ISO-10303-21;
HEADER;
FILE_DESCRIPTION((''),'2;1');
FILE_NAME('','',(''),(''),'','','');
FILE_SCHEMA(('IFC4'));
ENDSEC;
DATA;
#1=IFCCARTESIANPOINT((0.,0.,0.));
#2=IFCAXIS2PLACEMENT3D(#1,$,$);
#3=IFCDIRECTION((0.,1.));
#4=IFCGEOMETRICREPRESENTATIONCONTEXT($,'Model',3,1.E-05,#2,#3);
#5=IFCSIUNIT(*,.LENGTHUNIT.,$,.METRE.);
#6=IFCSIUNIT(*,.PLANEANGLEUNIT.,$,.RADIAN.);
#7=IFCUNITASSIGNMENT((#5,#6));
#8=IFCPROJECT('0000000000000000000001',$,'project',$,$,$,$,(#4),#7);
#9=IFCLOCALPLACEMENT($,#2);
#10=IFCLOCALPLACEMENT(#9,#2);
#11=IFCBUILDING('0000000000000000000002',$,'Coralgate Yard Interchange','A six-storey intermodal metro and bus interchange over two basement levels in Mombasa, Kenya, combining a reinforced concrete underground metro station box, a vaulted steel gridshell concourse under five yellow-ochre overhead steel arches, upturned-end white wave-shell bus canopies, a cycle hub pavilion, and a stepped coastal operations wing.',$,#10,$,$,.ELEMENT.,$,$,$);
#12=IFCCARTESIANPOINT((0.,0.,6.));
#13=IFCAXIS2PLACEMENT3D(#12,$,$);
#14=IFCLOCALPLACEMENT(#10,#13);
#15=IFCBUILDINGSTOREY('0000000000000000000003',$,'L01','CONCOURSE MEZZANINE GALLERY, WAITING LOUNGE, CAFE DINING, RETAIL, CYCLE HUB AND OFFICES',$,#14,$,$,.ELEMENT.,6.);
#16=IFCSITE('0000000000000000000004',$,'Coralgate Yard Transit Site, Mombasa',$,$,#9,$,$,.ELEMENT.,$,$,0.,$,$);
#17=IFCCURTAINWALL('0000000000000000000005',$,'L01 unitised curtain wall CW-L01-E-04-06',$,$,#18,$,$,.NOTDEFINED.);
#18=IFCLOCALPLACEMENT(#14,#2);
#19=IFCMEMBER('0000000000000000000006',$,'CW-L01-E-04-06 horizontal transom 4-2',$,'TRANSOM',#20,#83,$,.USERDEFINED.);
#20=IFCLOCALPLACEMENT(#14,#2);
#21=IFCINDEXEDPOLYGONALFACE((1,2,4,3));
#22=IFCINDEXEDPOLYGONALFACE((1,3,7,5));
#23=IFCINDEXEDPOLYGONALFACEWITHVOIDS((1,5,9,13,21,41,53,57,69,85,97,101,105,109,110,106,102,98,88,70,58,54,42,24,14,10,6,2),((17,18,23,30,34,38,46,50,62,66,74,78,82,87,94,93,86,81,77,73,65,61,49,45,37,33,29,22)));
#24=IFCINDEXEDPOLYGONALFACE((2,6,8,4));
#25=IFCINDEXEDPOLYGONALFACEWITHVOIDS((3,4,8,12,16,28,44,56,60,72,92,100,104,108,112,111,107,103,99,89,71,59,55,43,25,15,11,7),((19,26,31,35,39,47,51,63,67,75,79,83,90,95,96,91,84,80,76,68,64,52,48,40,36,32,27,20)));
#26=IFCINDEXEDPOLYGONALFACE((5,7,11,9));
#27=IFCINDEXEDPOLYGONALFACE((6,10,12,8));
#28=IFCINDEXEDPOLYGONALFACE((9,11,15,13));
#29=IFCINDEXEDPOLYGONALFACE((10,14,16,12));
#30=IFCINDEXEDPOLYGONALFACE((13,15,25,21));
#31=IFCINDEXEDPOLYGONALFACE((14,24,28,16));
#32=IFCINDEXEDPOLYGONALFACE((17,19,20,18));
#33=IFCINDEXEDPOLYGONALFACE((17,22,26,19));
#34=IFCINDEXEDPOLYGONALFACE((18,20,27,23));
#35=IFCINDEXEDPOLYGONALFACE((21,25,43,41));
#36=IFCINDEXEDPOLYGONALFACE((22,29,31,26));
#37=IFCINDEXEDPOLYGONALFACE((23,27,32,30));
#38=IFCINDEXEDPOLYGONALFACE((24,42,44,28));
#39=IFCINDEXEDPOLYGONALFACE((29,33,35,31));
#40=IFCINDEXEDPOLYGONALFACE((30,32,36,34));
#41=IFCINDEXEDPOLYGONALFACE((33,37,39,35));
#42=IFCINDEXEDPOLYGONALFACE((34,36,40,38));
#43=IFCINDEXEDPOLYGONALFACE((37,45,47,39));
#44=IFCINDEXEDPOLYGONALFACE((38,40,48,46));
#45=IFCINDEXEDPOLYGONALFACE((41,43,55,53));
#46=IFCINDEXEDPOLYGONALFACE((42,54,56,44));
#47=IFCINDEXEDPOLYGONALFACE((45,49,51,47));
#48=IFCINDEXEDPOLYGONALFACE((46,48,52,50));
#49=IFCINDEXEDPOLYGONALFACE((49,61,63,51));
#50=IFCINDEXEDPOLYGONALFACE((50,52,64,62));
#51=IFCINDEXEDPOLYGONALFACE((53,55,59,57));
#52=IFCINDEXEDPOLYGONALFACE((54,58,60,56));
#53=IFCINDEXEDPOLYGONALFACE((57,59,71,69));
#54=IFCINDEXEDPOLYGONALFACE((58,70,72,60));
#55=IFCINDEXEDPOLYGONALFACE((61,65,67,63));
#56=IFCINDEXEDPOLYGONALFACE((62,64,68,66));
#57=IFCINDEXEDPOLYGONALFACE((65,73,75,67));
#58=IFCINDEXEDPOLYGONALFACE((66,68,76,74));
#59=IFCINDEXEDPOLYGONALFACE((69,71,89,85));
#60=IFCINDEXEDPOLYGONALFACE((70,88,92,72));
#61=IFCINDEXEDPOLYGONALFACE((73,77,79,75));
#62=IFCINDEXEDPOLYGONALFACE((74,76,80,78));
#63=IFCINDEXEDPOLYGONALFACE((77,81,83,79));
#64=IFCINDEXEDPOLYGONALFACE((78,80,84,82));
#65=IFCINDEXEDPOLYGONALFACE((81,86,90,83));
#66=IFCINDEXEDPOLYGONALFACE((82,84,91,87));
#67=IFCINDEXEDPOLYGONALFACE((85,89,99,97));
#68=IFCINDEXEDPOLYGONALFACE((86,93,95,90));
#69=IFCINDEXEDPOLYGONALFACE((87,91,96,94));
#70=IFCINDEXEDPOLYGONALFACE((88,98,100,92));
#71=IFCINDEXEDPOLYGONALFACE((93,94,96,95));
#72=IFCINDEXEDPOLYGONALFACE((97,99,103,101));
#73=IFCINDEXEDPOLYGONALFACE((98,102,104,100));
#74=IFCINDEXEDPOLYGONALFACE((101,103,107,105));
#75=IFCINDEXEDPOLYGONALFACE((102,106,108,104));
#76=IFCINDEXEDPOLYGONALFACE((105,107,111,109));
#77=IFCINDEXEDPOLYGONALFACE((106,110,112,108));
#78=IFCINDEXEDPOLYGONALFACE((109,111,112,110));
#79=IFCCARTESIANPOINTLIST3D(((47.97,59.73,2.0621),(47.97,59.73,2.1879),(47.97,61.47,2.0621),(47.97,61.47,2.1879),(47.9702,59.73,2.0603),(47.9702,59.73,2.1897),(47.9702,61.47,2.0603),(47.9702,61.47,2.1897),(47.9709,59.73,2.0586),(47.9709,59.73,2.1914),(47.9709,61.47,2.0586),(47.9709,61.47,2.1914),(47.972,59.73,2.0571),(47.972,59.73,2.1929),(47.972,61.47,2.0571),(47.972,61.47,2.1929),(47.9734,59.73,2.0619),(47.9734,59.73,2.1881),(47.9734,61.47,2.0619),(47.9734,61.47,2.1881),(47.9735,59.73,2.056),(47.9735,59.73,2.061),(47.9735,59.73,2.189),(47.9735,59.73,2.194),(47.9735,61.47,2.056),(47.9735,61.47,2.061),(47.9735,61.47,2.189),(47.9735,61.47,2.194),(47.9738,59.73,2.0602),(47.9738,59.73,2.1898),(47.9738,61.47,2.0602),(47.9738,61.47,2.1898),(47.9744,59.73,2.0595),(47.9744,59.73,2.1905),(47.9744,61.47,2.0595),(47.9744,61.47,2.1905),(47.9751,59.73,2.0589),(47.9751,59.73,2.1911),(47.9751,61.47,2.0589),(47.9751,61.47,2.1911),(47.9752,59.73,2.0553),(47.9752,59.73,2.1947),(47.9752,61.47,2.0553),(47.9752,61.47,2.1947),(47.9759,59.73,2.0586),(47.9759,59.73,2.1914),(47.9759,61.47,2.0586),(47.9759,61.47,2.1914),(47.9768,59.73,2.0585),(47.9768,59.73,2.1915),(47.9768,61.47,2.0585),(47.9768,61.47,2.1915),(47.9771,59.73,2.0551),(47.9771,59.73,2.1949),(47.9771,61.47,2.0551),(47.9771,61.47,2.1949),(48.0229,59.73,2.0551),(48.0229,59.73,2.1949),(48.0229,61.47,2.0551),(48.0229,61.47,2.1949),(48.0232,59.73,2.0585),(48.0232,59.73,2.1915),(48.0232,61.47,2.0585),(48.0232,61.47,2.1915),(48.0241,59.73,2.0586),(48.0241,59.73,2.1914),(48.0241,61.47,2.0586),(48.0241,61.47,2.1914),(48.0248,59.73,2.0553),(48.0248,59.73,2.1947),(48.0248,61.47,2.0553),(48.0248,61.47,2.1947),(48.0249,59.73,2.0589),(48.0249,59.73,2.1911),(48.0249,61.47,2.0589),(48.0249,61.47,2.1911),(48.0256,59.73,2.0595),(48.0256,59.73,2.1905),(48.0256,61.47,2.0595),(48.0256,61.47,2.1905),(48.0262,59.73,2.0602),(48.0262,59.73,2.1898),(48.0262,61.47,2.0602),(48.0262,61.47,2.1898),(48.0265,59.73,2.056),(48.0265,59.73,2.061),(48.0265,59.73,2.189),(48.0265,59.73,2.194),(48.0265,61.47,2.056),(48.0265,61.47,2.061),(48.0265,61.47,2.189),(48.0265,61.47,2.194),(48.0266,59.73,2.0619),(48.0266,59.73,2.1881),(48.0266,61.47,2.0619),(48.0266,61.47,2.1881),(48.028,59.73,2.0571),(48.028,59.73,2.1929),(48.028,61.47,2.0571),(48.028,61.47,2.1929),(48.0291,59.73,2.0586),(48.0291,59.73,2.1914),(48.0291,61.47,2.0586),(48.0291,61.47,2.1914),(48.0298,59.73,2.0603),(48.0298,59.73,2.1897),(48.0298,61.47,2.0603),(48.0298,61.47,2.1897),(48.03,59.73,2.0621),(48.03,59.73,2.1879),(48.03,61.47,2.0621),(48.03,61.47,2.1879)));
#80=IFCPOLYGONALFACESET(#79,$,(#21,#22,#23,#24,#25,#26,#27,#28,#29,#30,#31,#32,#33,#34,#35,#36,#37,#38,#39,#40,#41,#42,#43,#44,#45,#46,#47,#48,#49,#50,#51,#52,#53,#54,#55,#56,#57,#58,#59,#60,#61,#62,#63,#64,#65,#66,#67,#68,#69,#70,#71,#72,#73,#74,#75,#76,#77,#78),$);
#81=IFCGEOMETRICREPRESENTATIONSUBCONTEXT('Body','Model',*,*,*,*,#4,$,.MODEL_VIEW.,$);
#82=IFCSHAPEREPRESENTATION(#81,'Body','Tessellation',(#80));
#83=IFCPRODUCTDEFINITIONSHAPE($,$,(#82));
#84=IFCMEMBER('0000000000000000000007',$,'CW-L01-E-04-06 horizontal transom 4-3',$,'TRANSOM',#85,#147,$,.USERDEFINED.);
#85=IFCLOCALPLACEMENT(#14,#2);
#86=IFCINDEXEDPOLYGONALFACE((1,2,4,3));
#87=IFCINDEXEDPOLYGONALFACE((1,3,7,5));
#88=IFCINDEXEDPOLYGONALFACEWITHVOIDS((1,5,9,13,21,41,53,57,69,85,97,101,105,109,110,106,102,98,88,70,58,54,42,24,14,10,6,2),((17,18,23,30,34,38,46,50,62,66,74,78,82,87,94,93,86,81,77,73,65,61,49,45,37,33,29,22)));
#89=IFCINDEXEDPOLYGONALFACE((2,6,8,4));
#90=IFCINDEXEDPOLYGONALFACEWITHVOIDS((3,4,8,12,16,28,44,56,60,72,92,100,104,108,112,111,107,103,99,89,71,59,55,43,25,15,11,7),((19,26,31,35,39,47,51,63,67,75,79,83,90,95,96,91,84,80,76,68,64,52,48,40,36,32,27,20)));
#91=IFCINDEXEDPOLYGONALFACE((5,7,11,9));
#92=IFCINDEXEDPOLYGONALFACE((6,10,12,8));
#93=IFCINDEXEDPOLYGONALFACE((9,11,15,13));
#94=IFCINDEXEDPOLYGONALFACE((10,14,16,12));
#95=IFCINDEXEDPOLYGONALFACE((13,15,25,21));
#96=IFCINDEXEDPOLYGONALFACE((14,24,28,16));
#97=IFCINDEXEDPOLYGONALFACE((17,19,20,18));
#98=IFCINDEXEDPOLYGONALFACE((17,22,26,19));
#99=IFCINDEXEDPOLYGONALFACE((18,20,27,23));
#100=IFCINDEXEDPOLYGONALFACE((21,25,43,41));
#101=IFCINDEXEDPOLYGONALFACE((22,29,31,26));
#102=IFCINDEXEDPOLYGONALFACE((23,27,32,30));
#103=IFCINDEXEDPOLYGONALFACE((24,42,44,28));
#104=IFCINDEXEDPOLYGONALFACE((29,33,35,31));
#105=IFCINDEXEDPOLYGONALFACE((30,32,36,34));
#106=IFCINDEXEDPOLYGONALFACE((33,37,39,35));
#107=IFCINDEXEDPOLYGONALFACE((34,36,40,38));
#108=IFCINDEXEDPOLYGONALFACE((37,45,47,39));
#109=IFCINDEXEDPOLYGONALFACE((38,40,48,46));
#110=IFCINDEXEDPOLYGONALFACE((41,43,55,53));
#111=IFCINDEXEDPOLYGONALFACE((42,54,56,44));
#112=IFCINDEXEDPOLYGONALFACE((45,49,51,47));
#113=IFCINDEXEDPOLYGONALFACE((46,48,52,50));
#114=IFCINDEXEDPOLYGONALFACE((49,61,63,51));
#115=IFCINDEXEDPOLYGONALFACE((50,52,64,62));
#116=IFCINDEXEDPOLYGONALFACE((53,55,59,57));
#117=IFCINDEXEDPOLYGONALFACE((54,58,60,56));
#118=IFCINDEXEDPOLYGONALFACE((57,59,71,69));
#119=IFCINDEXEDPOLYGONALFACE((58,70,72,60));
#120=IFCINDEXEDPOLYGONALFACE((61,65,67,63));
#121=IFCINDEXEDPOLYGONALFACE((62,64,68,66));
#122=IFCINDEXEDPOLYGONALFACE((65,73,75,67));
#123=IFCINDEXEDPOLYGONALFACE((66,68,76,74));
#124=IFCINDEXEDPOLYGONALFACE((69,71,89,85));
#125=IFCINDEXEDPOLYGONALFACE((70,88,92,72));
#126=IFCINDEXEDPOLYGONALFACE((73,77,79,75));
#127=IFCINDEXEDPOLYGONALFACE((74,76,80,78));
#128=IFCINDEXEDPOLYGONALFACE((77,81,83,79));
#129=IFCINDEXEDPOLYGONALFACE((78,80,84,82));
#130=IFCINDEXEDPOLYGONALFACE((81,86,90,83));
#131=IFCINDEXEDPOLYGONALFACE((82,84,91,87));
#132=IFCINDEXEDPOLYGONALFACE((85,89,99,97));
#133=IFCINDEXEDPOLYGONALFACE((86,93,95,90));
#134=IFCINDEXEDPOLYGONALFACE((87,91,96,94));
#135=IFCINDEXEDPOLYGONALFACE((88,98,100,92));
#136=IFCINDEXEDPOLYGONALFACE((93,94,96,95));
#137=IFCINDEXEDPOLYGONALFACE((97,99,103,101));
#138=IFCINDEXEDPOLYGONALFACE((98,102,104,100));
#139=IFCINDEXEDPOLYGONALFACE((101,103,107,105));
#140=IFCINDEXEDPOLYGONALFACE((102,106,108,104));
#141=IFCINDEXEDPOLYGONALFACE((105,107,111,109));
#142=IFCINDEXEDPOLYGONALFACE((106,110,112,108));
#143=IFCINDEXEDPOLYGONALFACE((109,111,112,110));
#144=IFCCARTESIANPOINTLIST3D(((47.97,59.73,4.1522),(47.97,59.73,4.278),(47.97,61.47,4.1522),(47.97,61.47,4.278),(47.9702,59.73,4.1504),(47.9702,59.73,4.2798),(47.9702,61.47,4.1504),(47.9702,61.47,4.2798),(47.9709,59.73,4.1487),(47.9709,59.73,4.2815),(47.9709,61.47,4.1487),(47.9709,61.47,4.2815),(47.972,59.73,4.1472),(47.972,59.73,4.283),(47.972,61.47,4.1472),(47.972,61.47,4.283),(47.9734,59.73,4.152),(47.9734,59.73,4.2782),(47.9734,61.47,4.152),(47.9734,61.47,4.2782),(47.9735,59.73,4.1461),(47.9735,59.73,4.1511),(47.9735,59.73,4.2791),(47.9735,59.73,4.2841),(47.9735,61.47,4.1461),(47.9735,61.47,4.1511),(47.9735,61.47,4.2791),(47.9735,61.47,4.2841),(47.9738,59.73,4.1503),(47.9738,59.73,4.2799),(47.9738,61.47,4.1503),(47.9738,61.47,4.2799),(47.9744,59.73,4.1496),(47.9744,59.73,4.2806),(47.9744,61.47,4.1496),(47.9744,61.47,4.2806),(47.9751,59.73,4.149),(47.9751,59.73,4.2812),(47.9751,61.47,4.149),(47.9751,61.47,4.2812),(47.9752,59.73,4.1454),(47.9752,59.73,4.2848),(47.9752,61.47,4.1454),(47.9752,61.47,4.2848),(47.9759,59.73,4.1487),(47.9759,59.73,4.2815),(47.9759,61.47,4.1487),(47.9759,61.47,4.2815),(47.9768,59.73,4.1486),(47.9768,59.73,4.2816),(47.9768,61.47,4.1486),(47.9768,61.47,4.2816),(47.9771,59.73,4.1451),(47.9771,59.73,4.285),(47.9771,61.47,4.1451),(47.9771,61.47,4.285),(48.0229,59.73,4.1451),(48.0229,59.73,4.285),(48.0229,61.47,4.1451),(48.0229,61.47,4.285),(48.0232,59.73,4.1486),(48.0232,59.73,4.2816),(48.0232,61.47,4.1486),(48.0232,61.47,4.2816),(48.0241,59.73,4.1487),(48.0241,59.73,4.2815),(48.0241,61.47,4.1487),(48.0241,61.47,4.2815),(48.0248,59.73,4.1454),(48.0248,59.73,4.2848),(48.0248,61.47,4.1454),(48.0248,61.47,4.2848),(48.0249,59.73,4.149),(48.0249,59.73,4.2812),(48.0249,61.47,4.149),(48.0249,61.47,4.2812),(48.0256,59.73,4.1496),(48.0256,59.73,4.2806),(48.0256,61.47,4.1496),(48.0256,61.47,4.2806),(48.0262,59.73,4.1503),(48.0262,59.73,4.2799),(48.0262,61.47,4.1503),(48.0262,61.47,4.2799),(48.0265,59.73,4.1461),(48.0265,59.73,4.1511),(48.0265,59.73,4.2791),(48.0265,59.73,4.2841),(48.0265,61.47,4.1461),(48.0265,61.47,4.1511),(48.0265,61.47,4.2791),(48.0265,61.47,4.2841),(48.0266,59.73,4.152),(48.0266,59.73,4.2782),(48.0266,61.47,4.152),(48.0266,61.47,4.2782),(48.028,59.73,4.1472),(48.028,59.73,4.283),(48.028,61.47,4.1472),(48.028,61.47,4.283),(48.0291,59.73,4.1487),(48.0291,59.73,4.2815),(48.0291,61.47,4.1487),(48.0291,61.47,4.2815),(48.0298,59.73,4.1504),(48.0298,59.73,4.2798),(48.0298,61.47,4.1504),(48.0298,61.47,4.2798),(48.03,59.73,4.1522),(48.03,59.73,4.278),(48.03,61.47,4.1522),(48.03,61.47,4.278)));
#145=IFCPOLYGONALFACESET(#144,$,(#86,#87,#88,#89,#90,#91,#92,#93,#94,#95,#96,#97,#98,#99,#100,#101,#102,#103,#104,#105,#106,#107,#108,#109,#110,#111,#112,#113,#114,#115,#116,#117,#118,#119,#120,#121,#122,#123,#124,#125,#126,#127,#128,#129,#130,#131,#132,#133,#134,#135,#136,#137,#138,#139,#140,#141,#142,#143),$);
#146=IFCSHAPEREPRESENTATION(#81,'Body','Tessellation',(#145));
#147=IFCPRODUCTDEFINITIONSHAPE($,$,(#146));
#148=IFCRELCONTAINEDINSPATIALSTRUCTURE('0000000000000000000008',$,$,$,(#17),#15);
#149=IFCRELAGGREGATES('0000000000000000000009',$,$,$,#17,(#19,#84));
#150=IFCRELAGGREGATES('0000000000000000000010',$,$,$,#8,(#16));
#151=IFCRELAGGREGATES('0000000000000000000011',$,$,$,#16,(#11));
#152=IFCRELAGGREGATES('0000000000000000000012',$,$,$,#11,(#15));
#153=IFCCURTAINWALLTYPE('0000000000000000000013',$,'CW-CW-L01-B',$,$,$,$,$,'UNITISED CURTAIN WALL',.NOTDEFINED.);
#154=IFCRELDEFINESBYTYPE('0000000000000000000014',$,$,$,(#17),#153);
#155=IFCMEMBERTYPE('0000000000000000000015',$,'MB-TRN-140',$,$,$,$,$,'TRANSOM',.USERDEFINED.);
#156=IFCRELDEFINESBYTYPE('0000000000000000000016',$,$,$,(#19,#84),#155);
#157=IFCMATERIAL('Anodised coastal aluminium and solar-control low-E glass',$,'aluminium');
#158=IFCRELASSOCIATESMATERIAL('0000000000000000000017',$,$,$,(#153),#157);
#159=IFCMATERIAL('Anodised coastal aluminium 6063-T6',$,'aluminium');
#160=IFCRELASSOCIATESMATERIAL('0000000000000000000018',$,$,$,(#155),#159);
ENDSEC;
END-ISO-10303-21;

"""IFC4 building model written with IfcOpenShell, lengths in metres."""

from ifc_helpers import new_model, si_unit, direction, frame, origin, origin_2d, place, context, subcontext, project, spatial, hollow_rectangle, extrude, material, material_profile, profile_set, type_object, element, aggregate, save


model = new_model("IFC4")

# Units and contexts
model_context = context("Model", 3, precision=1e-05, world=origin(), true_north=direction((0.0, 1.0)))
body_context = subcontext(model_context, "Body", "Model", "MODEL_VIEW")
ifc_project = project(units=[si_unit("LENGTHUNIT", "METRE"), si_unit("PLANEANGLEUNIT", "RADIAN")], contexts=[model_context])

# Site, building, storey
site_placement = place(None, origin())
site = spatial("IfcSite", under=ifc_project, at=site_placement, Name="Coralgate Yard Transit Site, Mombasa", CompositionType="ELEMENT", RefElevation=0.0)
building_placement = place(site_placement, origin())
building = spatial("IfcBuilding", under=site, at=building_placement, Name="Coralgate Yard Interchange", Description="A six-storey intermodal metro and bus interchange over two basement levels in Mombasa, Kenya, combining a reinforced concrete underground metro station box, a vaulted steel gridshell concourse under five yellow-ochre overhead steel arches, upturned-end white wave-shell bus canopies, a cycle hub pavilion, and a stepped coastal operations wing.", CompositionType="ELEMENT")
storey_placement = place(building_placement, frame((0.0, 0.0, 6.0)))
storey = spatial("IfcBuildingStorey", under=building, at=storey_placement, Name="L01", Description="CONCOURSE MEZZANINE GALLERY, WAITING LOUNGE, CAFE DINING, RETAIL, CYCLE HUB AND OFFICES", CompositionType="ELEMENT", Elevation=6.0)

# Shared definitions
ifc_material_1 = material(Name="Anodised coastal aluminium and solar-control low-E glass", Category="aluminium")
curtain_wall_type = type_object("IfcCurtainWallType", Name="CW-CW-L01-B", ElementType="UNITISED CURTAIN WALL", PredefinedType="NOTDEFINED", material=ifc_material_1)
ifc_material_2 = material(Name="Anodised coastal aluminium 6063-T6", Category="aluminium")

# Curtain wall
curtain_wall_1_placement = place(storey_placement, origin())
curtain_wall_1 = element("IfcCurtainWall", 1, at=curtain_wall_1_placement, inside=storey, type_object=curtain_wall_type, Name="L01 unitised curtain wall CW-L01-E-04-06", PredefinedType="NOTDEFINED")

# Members
ifc_material_profile_1 = material_profile(ifc_material_2, hollow_rectangle(XDim=0.0601, YDim=0.1399, WallThickness=0.0034, InnerFilletRadius=0.0034, OuterFilletRadius=0.0071, at=origin_2d()), Name="ALU 60x140x3.5")
ifc_profile_set_1 = profile_set([ifc_material_profile_1], Name="Anodised coastal aluminium 6063-T6")
member_type_1 = type_object("IfcMemberType", Name="MB-TRN-140", ElementType="TRANSOM", PredefinedType="USERDEFINED", material=ifc_profile_set_1)
member_1_placement = place(storey_placement, frame((48.0, 61.47, 2.125), z_axis=(0.0, -1.0, 0.0), x_axis=(1.0, 0.0, 0.0)))
member_1 = element("IfcMember", 2, at=member_1_placement, type_object=member_type_1, Name="CW-L01-E-04-06 horizontal transom 4-2", ObjectType="TRANSOM", PredefinedType="USERDEFINED", context=body_context, shape_type="SweptSolid", body=[
    extrude(hollow_rectangle(XDim=0.0601, YDim=0.1399, WallThickness=0.0034, InnerFilletRadius=0.0034, OuterFilletRadius=0.0071, at=origin_2d()), origin(), (0.0, 0.0, 1.0), 1.74),
])
member_2_placement = place(storey_placement, frame((48.0, 61.47, 4.2151), z_axis=(0.0, -1.0, 0.0), x_axis=(1.0, 0.0, 0.0)))
member_2 = element("IfcMember", 3, at=member_2_placement, type_object=member_type_1, Name="CW-L01-E-04-06 horizontal transom 4-3", ObjectType="TRANSOM", PredefinedType="USERDEFINED", context=body_context, shape_type="SweptSolid", body=[
    extrude(hollow_rectangle(XDim=0.0601, YDim=0.1399, WallThickness=0.0034, InnerFilletRadius=0.0034, OuterFilletRadius=0.0071, at=origin_2d()), origin(), (0.0, 0.0, 1.0), 1.74),
])

aggregate(curtain_wall_1, [member_1, member_2])

save(model, "model.ifc")
